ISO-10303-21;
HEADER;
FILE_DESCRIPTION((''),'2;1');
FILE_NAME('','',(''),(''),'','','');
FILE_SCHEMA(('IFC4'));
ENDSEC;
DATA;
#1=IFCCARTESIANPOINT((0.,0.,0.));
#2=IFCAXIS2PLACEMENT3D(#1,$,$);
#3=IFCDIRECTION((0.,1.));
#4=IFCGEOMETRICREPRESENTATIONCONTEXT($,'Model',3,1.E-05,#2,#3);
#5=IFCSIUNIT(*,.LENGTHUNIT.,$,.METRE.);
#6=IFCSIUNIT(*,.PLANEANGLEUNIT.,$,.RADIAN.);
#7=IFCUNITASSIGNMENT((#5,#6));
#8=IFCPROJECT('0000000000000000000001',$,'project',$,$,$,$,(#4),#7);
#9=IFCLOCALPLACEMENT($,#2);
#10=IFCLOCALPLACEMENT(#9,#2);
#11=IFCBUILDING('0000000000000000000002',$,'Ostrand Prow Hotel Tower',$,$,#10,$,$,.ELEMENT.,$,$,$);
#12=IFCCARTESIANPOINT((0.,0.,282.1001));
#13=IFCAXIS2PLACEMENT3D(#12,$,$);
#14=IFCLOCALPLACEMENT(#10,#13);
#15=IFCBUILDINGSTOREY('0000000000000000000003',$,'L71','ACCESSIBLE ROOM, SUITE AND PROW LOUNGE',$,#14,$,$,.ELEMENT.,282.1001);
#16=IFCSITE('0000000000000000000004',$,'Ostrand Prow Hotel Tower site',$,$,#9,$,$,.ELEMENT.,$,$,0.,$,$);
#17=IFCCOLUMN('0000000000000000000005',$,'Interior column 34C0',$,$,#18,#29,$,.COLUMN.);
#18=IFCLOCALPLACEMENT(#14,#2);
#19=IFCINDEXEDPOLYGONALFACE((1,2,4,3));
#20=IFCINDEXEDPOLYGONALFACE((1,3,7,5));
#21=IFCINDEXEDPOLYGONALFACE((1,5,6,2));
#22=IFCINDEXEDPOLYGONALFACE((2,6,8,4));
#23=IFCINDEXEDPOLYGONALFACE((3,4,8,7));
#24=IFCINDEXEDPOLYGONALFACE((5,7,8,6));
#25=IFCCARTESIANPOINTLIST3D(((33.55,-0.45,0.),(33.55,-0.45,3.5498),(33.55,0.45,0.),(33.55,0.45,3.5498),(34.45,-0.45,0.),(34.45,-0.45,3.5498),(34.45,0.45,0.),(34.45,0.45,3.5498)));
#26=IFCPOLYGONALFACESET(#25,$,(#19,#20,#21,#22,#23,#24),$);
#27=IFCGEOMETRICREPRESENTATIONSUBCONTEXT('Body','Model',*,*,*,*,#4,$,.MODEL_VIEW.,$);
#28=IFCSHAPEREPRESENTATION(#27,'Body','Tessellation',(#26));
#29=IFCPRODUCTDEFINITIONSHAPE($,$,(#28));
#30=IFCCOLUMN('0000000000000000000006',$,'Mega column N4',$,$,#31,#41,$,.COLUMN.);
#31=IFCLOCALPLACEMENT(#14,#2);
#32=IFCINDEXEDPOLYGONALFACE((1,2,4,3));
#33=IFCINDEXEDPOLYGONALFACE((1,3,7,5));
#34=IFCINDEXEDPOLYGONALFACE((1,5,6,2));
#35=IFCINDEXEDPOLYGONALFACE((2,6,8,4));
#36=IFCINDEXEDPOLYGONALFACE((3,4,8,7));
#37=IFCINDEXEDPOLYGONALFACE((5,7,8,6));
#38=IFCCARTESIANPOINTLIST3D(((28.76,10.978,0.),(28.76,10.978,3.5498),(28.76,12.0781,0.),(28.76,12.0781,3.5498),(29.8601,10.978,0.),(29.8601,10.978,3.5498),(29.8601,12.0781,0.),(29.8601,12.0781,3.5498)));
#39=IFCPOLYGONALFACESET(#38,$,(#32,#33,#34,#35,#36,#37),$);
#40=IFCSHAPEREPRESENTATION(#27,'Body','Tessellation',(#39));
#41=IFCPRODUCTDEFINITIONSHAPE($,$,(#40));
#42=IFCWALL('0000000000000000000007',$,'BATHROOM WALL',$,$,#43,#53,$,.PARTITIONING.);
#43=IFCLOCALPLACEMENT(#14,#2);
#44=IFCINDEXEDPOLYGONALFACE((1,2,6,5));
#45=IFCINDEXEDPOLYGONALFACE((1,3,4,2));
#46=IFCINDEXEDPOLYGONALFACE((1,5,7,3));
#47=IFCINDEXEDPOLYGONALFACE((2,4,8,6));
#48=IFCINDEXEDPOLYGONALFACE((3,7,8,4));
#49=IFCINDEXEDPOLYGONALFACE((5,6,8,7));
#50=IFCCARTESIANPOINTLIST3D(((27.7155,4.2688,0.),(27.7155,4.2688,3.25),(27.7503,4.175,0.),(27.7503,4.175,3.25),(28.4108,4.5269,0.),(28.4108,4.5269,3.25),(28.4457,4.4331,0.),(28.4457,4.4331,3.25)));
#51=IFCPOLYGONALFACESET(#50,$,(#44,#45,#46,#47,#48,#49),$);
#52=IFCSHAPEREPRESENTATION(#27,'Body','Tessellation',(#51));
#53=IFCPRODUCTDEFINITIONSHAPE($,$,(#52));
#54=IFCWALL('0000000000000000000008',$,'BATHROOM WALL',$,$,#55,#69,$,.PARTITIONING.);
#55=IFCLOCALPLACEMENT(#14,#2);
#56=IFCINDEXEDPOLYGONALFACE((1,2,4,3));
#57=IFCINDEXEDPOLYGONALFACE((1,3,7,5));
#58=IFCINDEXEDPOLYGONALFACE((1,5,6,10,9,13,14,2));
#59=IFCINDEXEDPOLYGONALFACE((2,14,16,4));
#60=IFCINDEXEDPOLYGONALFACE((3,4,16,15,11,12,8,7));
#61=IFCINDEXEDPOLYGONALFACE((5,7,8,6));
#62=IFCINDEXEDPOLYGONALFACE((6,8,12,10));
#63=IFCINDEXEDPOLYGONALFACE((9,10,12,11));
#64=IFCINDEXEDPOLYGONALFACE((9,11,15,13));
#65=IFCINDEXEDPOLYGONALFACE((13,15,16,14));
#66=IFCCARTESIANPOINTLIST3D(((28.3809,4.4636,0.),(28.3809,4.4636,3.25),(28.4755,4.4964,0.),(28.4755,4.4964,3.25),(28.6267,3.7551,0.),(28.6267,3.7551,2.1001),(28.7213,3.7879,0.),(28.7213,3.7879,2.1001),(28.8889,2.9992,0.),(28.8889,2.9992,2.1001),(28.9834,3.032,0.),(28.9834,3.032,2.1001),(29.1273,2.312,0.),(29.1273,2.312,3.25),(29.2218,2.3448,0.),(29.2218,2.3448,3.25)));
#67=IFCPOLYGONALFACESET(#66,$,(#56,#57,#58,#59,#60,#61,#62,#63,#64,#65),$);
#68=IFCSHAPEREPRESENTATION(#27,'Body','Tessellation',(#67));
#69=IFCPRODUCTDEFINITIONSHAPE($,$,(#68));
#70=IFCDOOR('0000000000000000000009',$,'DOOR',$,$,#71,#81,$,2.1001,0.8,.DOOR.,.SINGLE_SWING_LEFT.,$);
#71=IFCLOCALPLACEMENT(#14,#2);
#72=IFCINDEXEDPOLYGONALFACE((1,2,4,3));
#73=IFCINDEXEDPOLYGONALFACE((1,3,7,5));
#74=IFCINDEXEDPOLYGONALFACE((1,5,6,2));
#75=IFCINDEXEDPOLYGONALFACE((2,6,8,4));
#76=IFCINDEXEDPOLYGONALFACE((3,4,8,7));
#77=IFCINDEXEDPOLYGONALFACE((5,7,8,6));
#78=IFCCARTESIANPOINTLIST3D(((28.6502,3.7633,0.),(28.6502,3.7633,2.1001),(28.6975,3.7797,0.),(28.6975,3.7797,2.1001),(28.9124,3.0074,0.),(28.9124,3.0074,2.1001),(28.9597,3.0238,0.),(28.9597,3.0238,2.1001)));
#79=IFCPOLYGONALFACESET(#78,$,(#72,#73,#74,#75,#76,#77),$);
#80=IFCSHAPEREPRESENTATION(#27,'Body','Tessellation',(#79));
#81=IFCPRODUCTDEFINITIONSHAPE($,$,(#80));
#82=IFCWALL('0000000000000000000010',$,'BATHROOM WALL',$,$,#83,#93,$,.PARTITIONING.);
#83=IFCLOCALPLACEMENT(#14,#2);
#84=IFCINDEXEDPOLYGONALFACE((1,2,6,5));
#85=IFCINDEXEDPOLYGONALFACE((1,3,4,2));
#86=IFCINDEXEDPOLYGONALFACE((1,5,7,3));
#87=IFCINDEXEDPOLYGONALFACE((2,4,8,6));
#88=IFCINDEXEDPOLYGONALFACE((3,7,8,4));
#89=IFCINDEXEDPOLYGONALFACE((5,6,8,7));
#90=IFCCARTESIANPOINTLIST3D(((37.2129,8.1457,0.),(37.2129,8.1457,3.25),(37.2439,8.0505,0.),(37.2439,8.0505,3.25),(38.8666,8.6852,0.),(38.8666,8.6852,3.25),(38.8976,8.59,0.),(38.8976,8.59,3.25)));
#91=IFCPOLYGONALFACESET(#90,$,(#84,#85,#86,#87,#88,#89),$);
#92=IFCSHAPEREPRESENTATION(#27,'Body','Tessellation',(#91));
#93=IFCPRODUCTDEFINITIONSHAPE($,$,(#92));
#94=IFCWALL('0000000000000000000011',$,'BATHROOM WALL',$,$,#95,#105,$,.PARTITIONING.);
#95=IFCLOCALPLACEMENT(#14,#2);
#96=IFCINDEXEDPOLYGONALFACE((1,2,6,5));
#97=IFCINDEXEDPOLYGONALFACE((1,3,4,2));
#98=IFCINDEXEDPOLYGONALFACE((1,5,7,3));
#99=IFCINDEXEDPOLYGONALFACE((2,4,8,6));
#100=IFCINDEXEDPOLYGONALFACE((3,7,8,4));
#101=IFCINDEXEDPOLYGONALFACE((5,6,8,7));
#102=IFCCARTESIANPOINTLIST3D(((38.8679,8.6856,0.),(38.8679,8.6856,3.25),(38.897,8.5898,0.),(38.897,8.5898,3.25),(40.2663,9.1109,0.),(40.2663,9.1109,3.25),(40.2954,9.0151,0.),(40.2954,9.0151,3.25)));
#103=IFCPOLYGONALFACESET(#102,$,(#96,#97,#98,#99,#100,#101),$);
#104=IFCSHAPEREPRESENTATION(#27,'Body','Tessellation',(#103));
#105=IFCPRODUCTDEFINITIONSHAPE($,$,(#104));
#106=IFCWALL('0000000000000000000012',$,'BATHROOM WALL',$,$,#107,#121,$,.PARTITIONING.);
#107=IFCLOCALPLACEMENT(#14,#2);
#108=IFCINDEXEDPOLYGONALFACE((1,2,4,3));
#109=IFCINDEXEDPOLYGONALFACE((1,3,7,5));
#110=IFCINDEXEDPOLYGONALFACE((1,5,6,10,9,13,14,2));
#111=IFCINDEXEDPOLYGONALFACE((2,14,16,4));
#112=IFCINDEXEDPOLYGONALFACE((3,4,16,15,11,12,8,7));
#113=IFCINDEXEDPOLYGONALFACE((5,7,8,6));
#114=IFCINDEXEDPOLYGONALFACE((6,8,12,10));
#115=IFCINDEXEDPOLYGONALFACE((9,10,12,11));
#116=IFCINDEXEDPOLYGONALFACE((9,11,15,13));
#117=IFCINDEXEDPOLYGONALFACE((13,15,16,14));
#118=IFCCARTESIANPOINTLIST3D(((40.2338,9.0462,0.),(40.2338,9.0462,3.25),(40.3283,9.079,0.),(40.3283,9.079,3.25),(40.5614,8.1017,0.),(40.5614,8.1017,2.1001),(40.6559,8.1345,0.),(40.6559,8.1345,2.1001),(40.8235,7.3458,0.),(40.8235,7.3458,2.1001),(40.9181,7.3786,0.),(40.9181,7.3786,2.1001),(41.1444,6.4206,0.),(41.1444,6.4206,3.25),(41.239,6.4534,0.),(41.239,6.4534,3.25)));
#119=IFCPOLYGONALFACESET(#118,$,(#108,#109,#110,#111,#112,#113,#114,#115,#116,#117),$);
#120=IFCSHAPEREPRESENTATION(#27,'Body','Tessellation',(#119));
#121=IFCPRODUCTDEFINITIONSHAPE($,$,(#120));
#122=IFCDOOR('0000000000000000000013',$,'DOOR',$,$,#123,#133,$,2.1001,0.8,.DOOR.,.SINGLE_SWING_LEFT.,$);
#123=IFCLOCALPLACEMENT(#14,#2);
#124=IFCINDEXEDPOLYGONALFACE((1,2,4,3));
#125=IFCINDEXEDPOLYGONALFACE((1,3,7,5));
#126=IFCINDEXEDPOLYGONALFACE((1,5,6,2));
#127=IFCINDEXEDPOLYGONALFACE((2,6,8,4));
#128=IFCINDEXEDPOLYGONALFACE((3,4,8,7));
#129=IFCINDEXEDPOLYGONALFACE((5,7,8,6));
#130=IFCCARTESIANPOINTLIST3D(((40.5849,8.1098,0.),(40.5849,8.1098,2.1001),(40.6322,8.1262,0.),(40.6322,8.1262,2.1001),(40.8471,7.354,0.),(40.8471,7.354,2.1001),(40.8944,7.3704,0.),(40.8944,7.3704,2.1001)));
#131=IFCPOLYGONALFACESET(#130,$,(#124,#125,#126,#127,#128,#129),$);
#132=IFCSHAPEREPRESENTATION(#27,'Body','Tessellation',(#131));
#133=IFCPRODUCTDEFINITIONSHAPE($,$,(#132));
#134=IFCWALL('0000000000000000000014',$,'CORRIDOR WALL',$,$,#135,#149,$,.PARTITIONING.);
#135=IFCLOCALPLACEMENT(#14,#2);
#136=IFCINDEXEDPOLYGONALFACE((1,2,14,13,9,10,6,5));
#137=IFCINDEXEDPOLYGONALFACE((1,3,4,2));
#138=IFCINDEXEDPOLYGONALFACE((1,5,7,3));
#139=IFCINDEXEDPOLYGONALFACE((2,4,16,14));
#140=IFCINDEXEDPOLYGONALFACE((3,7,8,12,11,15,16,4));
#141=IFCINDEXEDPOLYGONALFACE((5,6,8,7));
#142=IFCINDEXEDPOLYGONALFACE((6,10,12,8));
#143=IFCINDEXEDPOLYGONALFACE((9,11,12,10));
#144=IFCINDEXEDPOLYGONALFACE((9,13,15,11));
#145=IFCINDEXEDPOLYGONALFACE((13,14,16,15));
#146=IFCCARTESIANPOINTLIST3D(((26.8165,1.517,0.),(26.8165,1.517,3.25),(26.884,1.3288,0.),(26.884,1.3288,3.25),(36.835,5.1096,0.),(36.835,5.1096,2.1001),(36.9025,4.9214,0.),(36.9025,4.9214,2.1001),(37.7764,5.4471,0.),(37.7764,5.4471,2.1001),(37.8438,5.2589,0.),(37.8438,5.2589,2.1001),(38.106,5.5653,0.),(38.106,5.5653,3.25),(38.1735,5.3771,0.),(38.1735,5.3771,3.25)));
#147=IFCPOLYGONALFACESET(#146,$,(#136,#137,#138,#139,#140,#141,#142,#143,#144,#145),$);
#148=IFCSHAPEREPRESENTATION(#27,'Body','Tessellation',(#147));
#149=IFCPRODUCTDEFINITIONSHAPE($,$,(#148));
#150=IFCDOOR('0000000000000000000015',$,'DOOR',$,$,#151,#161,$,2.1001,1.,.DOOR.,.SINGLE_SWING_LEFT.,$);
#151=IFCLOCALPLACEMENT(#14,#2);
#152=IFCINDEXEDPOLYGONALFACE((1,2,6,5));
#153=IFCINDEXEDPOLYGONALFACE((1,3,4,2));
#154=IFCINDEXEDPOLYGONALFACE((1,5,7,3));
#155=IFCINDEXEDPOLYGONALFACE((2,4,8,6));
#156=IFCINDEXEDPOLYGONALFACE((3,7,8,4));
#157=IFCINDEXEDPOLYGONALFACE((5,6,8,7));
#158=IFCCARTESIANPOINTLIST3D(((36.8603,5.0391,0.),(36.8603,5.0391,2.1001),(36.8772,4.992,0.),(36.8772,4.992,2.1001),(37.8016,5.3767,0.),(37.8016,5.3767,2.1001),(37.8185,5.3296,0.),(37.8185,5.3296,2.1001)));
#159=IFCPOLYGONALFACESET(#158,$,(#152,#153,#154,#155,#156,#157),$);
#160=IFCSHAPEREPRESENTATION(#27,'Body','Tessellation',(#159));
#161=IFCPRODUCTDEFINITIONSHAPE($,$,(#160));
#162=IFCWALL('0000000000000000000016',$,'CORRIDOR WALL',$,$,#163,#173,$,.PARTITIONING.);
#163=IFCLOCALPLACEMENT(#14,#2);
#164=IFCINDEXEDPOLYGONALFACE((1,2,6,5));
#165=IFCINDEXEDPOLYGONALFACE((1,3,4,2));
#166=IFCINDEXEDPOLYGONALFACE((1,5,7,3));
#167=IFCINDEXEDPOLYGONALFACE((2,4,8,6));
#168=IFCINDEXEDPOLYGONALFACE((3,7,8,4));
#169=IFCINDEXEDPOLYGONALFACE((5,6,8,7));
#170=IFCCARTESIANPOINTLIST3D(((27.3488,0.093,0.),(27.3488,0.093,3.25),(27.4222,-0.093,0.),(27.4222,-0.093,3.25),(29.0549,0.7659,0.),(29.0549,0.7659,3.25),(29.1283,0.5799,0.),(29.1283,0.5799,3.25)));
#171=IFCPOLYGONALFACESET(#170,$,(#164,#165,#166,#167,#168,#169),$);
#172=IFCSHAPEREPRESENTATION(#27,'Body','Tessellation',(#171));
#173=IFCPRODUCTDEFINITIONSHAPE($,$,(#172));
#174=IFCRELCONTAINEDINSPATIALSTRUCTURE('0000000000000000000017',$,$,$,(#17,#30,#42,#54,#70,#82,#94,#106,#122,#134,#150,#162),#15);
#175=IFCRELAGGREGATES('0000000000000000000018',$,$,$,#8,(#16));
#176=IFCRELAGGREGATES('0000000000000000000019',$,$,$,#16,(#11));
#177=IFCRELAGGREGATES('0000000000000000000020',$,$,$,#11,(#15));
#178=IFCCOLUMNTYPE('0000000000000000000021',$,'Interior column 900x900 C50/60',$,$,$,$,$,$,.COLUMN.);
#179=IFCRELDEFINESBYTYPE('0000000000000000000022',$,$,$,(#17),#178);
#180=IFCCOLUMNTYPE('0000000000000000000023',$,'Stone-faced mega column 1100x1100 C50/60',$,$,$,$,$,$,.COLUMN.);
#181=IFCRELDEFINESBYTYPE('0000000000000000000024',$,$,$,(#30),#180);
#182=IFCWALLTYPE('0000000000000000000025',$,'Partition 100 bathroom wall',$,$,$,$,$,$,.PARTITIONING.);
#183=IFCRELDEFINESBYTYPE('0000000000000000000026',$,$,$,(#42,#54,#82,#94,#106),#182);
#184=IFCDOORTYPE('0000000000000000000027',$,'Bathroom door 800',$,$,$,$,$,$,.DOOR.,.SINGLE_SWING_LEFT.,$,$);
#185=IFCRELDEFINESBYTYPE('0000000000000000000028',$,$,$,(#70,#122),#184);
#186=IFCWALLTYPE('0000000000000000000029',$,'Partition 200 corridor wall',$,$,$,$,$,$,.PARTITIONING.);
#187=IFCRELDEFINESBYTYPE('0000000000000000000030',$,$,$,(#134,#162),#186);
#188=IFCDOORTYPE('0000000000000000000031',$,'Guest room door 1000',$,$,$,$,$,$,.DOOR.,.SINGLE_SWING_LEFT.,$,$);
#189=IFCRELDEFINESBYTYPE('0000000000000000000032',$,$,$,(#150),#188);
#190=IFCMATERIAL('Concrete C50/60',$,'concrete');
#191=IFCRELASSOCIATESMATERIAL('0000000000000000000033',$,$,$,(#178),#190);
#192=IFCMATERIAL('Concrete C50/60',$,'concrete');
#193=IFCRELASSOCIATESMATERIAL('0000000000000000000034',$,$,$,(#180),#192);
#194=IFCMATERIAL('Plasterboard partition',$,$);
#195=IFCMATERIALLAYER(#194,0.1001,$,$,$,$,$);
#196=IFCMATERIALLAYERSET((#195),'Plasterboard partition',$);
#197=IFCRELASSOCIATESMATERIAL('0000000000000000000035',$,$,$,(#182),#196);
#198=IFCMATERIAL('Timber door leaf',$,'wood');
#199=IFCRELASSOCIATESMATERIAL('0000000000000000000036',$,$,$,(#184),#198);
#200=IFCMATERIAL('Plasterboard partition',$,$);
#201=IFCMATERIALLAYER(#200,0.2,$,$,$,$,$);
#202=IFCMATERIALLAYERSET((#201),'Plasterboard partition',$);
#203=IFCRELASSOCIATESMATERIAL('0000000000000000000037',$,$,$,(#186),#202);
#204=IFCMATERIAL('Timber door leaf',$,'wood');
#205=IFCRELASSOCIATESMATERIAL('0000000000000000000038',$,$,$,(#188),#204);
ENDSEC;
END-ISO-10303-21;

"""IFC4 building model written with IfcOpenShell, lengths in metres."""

from ifc_helpers import new_model, si_unit, direction, frame, frame_2d, origin, origin_2d, place, context, subcontext, project, spatial, rectangle, extrude, material, layer, layer_set, material_profile, profile_set, type_object, element, fill, save


model = new_model("IFC4")

# Units and contexts
model_context = context("Model", 3, precision=1e-05, world=origin(), true_north=direction((0.0, 1.0)))
body_context = subcontext(model_context, "Body", "Model", "MODEL_VIEW")
ifc_project = project(units=[si_unit("LENGTHUNIT", "METRE"), si_unit("PLANEANGLEUNIT", "RADIAN")], contexts=[model_context])

# Site, building, storey
site_placement = place(None, origin())
site = spatial("IfcSite", under=ifc_project, at=site_placement, Name="Ostrand Prow Hotel Tower site", CompositionType="ELEMENT", RefElevation=0.0)
building_placement = place(site_placement, origin())
building = spatial("IfcBuilding", under=site, at=building_placement, Name="Ostrand Prow Hotel Tower", CompositionType="ELEMENT")
storey_placement = place(building_placement, frame((0.0, 0.0, 282.1001)))
storey = spatial("IfcBuildingStorey", under=building, at=storey_placement, Name="L71", Description="ACCESSIBLE ROOM, SUITE AND PROW LOUNGE", CompositionType="ELEMENT", Elevation=282.1001)

# Columns
ifc_material_1 = material(Name="Concrete C50/60", Category="concrete")
ifc_material_profile_1 = material_profile(ifc_material_1, rectangle(XDim=0.8999, YDim=0.8999, at=origin_2d()), Name="RC 900x900")
ifc_profile_set_1 = profile_set([ifc_material_profile_1], Name="Concrete C50/60")
column_type_1 = type_object("IfcColumnType", Name="Interior column 900x900 C50/60", PredefinedType="COLUMN", material=ifc_profile_set_1)
column_1_placement = place(storey_placement, frame((34.0, 0.0, 0.0), z_axis=(0.0, 0.0, 1.0), x_axis=(1.0, 0.0, 0.0)))
element("IfcColumn", 1, at=column_1_placement, inside=storey, type_object=column_type_1, Name="Interior column 34C0", PredefinedType="COLUMN", context=body_context, shape_type="SweptSolid", body=[
    extrude(rectangle(XDim=0.8999, YDim=0.8999, at=origin_2d()), origin(), (0.0, 0.0, 1.0), 3.5498),
])
ifc_material_2 = material(Name="Concrete C50/60", Category="concrete")
ifc_material_profile_2 = material_profile(ifc_material_2, rectangle(XDim=1.1001, YDim=1.1001, at=origin_2d()), Name="RC 1100x1100")
ifc_profile_set_2 = profile_set([ifc_material_profile_2], Name="Concrete C50/60")
column_type_2 = type_object("IfcColumnType", Name="Stone-faced mega column 1100x1100 C50/60", PredefinedType="COLUMN", material=ifc_profile_set_2)
column_2_placement = place(storey_placement, frame((29.3101, 11.5281, 0.0), z_axis=(0.0, 0.0, 1.0), x_axis=(1.0, 0.0, 0.0)))
element("IfcColumn", 2, at=column_2_placement, inside=storey, type_object=column_type_2, Name="Mega column N4", PredefinedType="COLUMN", context=body_context, shape_type="SweptSolid", body=[
    extrude(rectangle(XDim=1.1001, YDim=1.1001, at=origin_2d()), origin(), (0.0, 0.0, 1.0), 3.5498),
])

# Wall
ifc_material_3 = material(Name="Plasterboard partition")
ifc_layer_1 = layer(ifc_material_3, 0.1001)
ifc_layer_set_1 = layer_set([ifc_layer_1], Name="Plasterboard partition")
wall_type_1 = type_object("IfcWallType", Name="Partition 100 bathroom wall", PredefinedType="PARTITIONING", material=ifc_layer_set_1)
wall_1_placement = place(storey_placement, frame((27.7329, 4.2219, 0.0), z_axis=(0.0, 0.0, 1.0), x_axis=(0.937514, 0.347947, 0.0)))
element("IfcWall", 3, at=wall_1_placement, inside=storey, type_object=wall_type_1, Name="BATHROOM WALL", PredefinedType="PARTITIONING", context=body_context, shape_type="SweptSolid", body=[
    extrude(rectangle(XDim=0.7417, YDim=0.1001, at=frame_2d((0.3708, 0.0))), origin(), (0.0, 0.0, 1.0), 3.25),
])

# Wall, opening, door
wall_2_placement = place(storey_placement, frame((28.4282, 4.48, 0.0), z_axis=(0.0, 0.0, 1.0), x_axis=(0.327718, -0.944776, 0.0)))
wall_2 = element("IfcWall", 4, at=wall_2_placement, inside=storey, type_object=wall_type_1, Name="BATHROOM WALL", PredefinedType="PARTITIONING", context=body_context, shape_type="SweptSolid", body=[
    extrude(rectangle(XDim=2.2773, YDim=0.1001, at=frame_2d((1.1387, 0.0))), origin(), (0.0, 0.0, 1.0), 3.25),
])
opening_1_placement = place(wall_2_placement, frame((0.75, 0.0, 0.0)))
opening_1 = element("IfcOpeningElement", 5, at=opening_1_placement, cuts=wall_2, PredefinedType="OPENING", context=body_context, shape_type="SweptSolid", body=[
    extrude(rectangle(XDim=0.8, YDim=2.1001, at=frame_2d((0.3999, 1.05))), frame((0.0, 0.0601, 0.0), z_axis=(0.0, -1.0, 0.0), x_axis=(1.0, 0.0, 0.0)), (0.0, 0.0, 1.0), 0.1201),
])
ifc_material_4 = material(Name="Timber door leaf", Category="wood")
door_type_1 = type_object("IfcDoorType", Name="Bathroom door 800", OperationType="SINGLE_SWING_LEFT", PredefinedType="DOOR", material=ifc_material_4)
door_1_placement = place(opening_1_placement, origin())
door_1 = element("IfcDoor", 6, at=door_1_placement, inside=storey, type_object=door_type_1, Name="DOOR", OperationType="SINGLE_SWING_LEFT", OverallHeight=2.1001, OverallWidth=0.8, PredefinedType="DOOR", context=body_context, shape_type="SweptSolid", body=[
    extrude(rectangle(XDim=0.8, YDim=2.1001, at=frame_2d((0.3999, 1.05))), frame((0.0, 0.0249, 0.0), z_axis=(0.0, -1.0, 0.0), x_axis=(1.0, 0.0, 0.0)), (0.0, 0.0, 1.0), 0.05),
])
fill(opening_1, door_1)

# Walls
wall_3_placement = place(storey_placement, frame((37.2285, 8.0981, 0.0), z_axis=(0.0, 0.0, 1.0), x_axis=(0.950685, 0.310158, 0.0)))
element("IfcWall", 7, at=wall_3_placement, inside=storey, type_object=wall_type_1, Name="BATHROOM WALL", PredefinedType="PARTITIONING", context=body_context, shape_type="SweptSolid", body=[
    extrude(rectangle(XDim=1.7395, YDim=0.1001, at=frame_2d((0.8696, 0.0))), origin(), (0.0, 0.0, 1.0), 3.25),
])
wall_4_placement = place(storey_placement, frame((38.8823, 8.6377, 0.0), z_axis=(0.0, 0.0, 1.0), x_axis=(0.956735, 0.290962, 0.0)))
element("IfcWall", 8, at=wall_4_placement, inside=storey, type_object=wall_type_1, Name="BATHROOM WALL", PredefinedType="PARTITIONING", context=body_context, shape_type="SweptSolid", body=[
    extrude(rectangle(XDim=1.4617, YDim=0.1001, at=frame_2d((0.731, 0.0))), origin(), (0.0, 0.0, 1.0), 3.25),
])

# Walls, openings, doors
wall_5_placement = place(storey_placement, frame((40.281, 9.0627, 0.0), z_axis=(0.0, 0.0, 1.0), x_axis=(0.327696, -0.944783, 0.0)))
wall_5 = element("IfcWall", 9, at=wall_5_placement, inside=storey, type_object=wall_type_1, Name="BATHROOM WALL", PredefinedType="PARTITIONING", context=body_context, shape_type="SweptSolid", body=[
    extrude(rectangle(XDim=2.7791, YDim=0.1001, at=frame_2d((1.3896, 0.0))), origin(), (0.0, 0.0, 1.0), 3.25),
])
opening_2_placement = place(wall_5_placement, frame((1.0, 0.0, 0.0)))
opening_2 = element("IfcOpeningElement", 10, at=opening_2_placement, cuts=wall_5, PredefinedType="OPENING", context=body_context, shape_type="SweptSolid", body=[
    extrude(rectangle(XDim=0.8, YDim=2.1001, at=frame_2d((0.3999, 1.05))), frame((0.0, 0.0601, 0.0), z_axis=(0.0, -1.0, 0.0), x_axis=(1.0, 0.0, 0.0)), (0.0, 0.0, 1.0), 0.1201),
])
door_2_placement = place(opening_2_placement, origin())
door_2 = element("IfcDoor", 11, at=door_2_placement, inside=storey, type_object=door_type_1, Name="DOOR", OperationType="SINGLE_SWING_LEFT", OverallHeight=2.1001, OverallWidth=0.8, PredefinedType="DOOR", context=body_context, shape_type="SweptSolid", body=[
    extrude(rectangle(XDim=0.8, YDim=2.1001, at=frame_2d((0.3999, 1.05))), frame((0.0, 0.0249, 0.0), z_axis=(0.0, -1.0, 0.0), x_axis=(1.0, 0.0, 0.0)), (0.0, 0.0, 1.0), 0.05),
])
fill(opening_2, door_2)
ifc_material_5 = material(Name="Plasterboard partition")
ifc_layer_2 = layer(ifc_material_5, 0.2)
ifc_layer_set_2 = layer_set([ifc_layer_2], Name="Plasterboard partition")
wall_type_2 = type_object("IfcWallType", Name="Partition 200 corridor wall", PredefinedType="PARTITIONING", material=ifc_layer_set_2)
wall_6_placement = place(storey_placement, frame((38.1396, 5.4712, 0.0), z_axis=(0.0, 0.0, 1.0), x_axis=(-0.941309, -0.337546, 0.0)))
wall_6 = element("IfcWall", 12, at=wall_6_placement, inside=storey, type_object=wall_type_2, Name="CORRIDOR WALL", PredefinedType="PARTITIONING", context=body_context, shape_type="SweptSolid", body=[
    extrude(rectangle(XDim=11.9934, YDim=0.2, at=frame_2d((5.9966, 0.0))), origin(), (0.0, 0.0, 1.0), 3.25),
])
opening_3_placement = place(wall_6_placement, frame((0.3501, 0.0, 0.0)))
opening_3 = element("IfcOpeningElement", 13, at=opening_3_placement, cuts=wall_6, PredefinedType="OPENING", context=body_context, shape_type="SweptSolid", body=[
    extrude(rectangle(XDim=1.0, YDim=2.1001, at=frame_2d((0.5, 1.05))), frame((0.0, 0.1099, 0.0), z_axis=(0.0, -1.0, 0.0), x_axis=(1.0, 0.0, 0.0)), (0.0, 0.0, 1.0), 0.22),
])
ifc_material_6 = material(Name="Timber door leaf", Category="wood")
door_type_2 = type_object("IfcDoorType", Name="Guest room door 1000", OperationType="SINGLE_SWING_LEFT", PredefinedType="DOOR", material=ifc_material_6)
door_3_placement = place(opening_3_placement, origin())
door_3 = element("IfcDoor", 14, at=door_3_placement, inside=storey, type_object=door_type_2, Name="DOOR", OperationType="SINGLE_SWING_LEFT", OverallHeight=2.1001, OverallWidth=1.0, PredefinedType="DOOR", context=body_context, shape_type="SweptSolid", body=[
    extrude(rectangle(XDim=1.0, YDim=2.1001, at=frame_2d((0.5, 1.05))), frame((0.0, 0.0249, 0.0), z_axis=(0.0, -1.0, 0.0), x_axis=(1.0, 0.0, 0.0)), (0.0, 0.0, 1.0), 0.05),
])
fill(opening_3, door_3)

# Wall
wall_7_placement = place(storey_placement, frame((27.3855, 0.0, 0.0), z_axis=(0.0, 0.0, 1.0), x_axis=(0.930265, 0.366888, 0.0)))
element("IfcWall", 15, at=wall_7_placement, inside=storey, type_object=wall_type_2, Name="CORRIDOR WALL", PredefinedType="PARTITIONING", context=body_context, shape_type="SweptSolid", body=[
    extrude(rectangle(XDim=1.834, YDim=0.2, at=frame_2d((0.917, 0.0))), origin(), (0.0, 0.0, 1.0), 3.25),
])

save(model, "model.ifc")
